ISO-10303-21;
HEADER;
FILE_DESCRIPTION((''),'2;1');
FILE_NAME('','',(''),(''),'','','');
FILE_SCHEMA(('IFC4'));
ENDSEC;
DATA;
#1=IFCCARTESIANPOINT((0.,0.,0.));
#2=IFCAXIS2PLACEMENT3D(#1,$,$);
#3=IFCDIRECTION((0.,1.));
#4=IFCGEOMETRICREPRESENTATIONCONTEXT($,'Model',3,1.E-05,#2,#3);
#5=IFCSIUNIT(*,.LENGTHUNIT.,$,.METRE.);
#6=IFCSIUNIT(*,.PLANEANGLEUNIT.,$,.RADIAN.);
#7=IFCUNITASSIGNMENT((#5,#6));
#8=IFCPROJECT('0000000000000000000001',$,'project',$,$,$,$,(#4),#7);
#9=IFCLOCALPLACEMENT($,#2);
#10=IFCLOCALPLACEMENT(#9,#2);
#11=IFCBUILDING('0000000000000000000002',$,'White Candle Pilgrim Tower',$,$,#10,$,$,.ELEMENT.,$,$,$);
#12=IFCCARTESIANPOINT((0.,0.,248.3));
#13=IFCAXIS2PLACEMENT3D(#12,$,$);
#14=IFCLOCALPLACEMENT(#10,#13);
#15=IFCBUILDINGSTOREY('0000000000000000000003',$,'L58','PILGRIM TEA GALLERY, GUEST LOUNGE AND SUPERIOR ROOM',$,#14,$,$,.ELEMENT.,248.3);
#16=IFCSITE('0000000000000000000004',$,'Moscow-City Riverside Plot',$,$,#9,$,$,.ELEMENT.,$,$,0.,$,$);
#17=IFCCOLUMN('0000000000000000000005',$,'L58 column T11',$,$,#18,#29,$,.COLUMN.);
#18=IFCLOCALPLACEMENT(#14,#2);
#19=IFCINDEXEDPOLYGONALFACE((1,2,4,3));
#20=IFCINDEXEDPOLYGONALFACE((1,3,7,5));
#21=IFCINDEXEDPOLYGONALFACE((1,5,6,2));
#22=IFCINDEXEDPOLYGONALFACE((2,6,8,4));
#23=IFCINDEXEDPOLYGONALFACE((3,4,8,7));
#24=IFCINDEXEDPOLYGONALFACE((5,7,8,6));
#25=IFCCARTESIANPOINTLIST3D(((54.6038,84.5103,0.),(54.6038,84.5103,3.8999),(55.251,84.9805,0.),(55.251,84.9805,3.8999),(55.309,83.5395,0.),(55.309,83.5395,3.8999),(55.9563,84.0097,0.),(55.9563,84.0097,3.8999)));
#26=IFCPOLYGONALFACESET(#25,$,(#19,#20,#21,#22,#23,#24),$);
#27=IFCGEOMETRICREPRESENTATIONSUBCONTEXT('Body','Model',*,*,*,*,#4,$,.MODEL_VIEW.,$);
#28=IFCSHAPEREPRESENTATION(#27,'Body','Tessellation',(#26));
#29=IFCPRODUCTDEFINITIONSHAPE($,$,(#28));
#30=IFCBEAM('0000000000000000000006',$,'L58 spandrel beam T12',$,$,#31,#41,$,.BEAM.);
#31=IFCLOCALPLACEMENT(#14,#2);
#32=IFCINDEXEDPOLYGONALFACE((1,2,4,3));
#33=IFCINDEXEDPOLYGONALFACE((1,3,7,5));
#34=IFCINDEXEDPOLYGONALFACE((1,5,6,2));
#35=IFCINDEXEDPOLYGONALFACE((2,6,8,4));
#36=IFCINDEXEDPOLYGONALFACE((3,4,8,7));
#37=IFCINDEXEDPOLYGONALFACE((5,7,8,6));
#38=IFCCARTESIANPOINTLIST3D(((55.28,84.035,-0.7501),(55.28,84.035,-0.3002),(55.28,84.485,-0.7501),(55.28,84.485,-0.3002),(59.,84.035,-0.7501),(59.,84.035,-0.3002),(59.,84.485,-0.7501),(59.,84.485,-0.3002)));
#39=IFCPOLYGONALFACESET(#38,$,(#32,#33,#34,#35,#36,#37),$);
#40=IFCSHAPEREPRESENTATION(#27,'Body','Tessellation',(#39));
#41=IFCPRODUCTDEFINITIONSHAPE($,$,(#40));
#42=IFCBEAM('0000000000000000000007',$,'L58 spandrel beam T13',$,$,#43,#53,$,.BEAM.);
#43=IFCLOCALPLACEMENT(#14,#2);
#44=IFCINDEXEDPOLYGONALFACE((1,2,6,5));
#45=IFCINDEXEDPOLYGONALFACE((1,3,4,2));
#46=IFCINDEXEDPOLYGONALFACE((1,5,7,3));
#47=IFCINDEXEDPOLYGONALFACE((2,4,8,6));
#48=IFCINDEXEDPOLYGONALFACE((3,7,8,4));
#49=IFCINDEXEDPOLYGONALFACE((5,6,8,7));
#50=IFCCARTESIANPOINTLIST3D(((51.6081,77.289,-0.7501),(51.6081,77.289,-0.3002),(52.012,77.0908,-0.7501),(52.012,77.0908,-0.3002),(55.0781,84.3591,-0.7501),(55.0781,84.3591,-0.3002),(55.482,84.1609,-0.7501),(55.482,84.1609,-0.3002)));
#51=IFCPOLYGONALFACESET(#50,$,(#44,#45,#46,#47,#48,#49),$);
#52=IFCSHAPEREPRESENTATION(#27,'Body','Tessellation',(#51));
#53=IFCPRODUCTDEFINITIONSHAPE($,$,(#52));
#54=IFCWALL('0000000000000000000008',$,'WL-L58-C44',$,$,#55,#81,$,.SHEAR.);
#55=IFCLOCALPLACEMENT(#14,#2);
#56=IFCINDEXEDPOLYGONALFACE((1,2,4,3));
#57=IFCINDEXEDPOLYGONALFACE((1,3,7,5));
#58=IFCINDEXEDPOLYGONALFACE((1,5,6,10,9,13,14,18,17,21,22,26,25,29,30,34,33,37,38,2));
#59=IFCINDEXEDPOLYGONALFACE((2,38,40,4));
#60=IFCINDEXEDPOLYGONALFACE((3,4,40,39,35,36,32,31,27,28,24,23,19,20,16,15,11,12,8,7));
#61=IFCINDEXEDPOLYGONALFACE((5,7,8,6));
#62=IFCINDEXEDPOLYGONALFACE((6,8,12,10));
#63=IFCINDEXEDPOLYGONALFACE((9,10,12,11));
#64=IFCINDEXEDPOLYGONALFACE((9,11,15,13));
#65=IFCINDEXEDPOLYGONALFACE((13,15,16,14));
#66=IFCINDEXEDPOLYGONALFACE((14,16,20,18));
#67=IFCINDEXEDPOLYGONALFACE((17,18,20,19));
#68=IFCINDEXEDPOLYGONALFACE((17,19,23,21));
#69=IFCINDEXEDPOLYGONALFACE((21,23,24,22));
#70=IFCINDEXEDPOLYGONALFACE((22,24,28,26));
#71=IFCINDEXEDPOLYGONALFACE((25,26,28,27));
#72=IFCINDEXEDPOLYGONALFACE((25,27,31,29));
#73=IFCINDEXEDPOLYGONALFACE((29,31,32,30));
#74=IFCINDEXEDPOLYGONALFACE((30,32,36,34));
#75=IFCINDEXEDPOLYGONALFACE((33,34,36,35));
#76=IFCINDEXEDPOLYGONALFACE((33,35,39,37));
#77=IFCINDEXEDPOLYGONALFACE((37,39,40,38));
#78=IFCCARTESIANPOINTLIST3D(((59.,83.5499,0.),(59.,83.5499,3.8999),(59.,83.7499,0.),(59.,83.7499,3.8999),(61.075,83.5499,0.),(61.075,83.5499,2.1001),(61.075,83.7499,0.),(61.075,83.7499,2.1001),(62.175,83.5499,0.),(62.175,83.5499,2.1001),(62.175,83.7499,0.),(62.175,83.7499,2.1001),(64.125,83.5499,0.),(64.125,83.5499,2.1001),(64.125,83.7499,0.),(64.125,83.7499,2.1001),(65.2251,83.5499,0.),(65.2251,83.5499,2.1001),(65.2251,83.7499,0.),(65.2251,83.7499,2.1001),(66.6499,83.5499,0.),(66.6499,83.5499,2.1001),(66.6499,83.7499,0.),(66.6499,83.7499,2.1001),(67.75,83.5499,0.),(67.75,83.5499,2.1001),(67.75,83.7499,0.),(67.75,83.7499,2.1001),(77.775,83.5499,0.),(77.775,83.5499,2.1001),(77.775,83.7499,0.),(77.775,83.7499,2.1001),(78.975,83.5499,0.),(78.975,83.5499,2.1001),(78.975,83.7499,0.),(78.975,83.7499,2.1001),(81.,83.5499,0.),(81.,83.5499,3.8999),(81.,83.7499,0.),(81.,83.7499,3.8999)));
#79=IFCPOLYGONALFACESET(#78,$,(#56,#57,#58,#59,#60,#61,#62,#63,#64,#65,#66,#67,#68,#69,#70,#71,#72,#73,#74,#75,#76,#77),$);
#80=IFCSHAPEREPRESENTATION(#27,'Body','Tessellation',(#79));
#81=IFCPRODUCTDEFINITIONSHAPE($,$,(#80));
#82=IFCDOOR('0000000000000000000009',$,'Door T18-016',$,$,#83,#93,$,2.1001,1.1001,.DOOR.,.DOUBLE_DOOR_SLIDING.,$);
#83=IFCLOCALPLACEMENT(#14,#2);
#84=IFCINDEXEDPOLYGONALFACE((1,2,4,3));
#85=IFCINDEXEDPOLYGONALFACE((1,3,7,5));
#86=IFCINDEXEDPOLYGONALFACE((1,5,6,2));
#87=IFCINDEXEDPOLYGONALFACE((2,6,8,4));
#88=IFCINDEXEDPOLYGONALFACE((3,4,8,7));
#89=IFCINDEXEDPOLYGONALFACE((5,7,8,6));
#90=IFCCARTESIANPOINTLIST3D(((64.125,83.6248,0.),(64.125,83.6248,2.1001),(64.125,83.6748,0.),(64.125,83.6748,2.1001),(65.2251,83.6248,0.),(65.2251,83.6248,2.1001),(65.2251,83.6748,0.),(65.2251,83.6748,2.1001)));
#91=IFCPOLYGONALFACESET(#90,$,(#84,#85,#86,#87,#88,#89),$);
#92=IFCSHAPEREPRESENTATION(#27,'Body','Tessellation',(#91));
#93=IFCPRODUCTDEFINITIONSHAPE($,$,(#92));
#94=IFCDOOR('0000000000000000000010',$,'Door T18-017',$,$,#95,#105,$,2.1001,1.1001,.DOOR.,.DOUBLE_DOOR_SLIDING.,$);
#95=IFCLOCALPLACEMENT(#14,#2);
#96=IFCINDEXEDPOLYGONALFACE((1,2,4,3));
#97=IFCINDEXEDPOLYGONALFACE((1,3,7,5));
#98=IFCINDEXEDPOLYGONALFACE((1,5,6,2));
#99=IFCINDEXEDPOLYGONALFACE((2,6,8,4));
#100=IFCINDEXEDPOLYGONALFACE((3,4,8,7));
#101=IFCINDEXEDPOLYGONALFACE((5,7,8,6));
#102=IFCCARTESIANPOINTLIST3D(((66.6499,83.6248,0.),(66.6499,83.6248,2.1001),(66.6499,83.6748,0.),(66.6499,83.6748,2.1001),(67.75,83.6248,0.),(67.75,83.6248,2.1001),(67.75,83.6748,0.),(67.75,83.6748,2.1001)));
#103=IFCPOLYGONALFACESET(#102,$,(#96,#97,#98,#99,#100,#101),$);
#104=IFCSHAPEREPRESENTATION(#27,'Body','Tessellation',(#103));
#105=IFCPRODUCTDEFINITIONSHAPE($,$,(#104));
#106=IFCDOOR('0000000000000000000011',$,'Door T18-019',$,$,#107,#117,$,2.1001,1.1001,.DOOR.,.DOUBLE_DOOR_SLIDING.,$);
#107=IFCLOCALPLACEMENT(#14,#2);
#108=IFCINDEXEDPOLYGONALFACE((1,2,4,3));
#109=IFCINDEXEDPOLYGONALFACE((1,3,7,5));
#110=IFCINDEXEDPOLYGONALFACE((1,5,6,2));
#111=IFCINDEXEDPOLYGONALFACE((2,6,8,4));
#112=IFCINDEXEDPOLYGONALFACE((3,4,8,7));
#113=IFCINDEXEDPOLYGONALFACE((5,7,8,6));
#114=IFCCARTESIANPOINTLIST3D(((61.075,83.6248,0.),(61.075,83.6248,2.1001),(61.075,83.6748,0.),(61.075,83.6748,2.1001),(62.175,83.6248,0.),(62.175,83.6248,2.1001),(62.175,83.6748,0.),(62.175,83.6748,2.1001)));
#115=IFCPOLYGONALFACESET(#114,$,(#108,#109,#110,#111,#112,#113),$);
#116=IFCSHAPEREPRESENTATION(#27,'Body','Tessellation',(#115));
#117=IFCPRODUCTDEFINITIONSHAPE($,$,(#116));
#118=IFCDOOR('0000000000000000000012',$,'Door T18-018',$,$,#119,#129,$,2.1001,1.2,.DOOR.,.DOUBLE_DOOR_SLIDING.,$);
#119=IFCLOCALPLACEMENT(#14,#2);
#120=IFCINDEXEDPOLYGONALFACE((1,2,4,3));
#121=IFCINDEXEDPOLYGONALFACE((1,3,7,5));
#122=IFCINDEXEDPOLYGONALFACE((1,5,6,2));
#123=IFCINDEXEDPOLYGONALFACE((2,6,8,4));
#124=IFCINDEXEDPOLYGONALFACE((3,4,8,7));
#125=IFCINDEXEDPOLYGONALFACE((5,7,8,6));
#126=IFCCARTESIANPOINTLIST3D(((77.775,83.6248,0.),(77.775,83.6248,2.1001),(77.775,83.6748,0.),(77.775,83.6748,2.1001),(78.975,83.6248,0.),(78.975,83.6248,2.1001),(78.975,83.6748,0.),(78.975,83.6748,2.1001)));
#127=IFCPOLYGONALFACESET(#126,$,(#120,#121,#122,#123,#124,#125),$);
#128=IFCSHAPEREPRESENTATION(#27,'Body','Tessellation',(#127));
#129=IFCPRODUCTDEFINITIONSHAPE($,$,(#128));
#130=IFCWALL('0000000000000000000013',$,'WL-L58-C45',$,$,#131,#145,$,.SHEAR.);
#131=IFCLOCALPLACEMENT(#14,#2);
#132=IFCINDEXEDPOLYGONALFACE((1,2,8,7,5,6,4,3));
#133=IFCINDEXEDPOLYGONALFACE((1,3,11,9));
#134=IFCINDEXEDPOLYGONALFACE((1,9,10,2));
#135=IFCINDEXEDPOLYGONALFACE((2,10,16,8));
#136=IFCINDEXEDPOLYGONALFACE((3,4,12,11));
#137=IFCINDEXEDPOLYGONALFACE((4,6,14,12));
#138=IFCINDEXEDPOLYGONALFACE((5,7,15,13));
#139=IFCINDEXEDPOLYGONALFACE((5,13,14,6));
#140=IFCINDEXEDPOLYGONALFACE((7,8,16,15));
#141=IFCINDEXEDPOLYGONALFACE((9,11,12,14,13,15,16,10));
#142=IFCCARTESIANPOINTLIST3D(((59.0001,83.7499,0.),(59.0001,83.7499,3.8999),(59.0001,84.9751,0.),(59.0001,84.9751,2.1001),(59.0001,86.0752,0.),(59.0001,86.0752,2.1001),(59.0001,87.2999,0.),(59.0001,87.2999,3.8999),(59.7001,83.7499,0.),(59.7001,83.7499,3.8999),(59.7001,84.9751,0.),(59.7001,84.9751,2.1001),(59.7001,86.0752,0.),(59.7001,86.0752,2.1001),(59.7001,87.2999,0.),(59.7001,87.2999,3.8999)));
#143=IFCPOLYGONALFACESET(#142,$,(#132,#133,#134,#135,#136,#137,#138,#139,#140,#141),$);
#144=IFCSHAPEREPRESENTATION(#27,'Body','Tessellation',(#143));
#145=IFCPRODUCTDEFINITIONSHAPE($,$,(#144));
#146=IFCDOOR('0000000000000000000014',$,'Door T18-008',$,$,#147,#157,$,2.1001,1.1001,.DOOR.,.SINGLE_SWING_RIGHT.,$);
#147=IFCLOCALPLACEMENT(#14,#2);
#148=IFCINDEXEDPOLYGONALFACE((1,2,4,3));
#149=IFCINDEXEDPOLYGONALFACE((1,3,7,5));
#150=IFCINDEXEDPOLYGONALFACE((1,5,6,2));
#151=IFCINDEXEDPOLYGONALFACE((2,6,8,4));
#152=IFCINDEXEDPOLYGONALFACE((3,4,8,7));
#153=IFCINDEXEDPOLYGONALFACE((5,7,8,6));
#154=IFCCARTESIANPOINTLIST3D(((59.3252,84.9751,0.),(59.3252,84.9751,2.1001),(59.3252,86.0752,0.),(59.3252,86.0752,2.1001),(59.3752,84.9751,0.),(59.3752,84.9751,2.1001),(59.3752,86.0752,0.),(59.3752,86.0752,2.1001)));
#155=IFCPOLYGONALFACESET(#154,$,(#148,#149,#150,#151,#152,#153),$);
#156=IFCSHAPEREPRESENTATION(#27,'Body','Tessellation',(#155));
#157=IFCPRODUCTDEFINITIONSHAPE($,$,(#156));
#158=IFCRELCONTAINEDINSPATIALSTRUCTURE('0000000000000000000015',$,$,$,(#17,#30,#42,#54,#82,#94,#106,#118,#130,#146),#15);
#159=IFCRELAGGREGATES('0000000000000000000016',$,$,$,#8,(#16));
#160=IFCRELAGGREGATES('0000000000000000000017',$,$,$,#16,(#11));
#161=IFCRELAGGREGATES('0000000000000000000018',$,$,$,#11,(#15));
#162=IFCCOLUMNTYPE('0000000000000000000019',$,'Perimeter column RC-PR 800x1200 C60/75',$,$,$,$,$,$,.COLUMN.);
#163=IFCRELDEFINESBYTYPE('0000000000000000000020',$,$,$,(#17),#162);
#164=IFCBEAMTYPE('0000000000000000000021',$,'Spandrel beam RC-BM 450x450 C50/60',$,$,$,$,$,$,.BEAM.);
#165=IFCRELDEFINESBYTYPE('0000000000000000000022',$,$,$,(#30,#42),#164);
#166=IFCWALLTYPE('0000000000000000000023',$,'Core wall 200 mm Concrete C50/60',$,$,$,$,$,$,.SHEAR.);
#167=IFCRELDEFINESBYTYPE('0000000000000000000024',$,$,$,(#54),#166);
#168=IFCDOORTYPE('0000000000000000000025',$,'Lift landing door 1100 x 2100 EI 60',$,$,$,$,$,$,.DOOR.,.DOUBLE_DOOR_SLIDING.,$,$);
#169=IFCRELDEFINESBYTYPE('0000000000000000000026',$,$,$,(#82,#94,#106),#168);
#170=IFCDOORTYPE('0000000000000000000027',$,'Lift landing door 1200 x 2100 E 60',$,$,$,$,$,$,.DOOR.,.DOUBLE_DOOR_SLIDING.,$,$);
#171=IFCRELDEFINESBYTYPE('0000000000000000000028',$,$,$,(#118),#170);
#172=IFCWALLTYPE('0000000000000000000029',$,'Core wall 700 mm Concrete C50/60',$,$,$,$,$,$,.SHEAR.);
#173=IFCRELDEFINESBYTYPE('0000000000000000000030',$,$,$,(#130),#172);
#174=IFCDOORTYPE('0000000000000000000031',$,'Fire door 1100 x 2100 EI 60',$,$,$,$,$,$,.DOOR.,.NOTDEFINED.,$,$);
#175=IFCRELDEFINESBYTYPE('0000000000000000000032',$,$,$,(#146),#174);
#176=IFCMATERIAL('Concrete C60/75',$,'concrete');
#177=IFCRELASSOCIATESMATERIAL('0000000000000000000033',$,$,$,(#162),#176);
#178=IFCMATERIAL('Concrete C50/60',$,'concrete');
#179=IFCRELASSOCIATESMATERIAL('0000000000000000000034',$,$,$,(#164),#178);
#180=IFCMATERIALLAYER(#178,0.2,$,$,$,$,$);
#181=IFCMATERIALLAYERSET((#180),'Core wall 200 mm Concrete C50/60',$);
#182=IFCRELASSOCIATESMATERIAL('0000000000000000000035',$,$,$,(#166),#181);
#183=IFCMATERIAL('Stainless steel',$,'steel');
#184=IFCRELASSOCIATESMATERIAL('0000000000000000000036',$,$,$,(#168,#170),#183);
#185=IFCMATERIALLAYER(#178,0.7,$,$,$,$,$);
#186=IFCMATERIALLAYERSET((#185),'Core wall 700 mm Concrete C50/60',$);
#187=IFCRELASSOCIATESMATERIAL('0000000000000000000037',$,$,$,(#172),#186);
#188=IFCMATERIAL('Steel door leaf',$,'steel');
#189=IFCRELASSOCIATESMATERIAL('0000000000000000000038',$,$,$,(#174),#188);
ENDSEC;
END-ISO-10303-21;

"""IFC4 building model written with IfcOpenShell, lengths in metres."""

from ifc_helpers import new_model, si_unit, direction, frame, frame_2d, origin, origin_2d, place, context, subcontext, project, spatial, rectangle, extrude, material, layer, layer_set, material_profile, profile_set, type_object, element, fill, save


model = new_model("IFC4")

# Units and contexts
model_context = context("Model", 3, precision=1e-05, world=origin(), true_north=direction((0.0, 1.0)))
body_context = subcontext(model_context, "Body", "Model", "MODEL_VIEW")
ifc_project = project(units=[si_unit("LENGTHUNIT", "METRE"), si_unit("PLANEANGLEUNIT", "RADIAN")], contexts=[model_context])

# Site, building, storey
site_placement = place(None, origin())
site = spatial("IfcSite", under=ifc_project, at=site_placement, Name="Moscow-City Riverside Plot", CompositionType="ELEMENT", RefElevation=0.0)
building_placement = place(site_placement, origin())
building = spatial("IfcBuilding", under=site, at=building_placement, Name="White Candle Pilgrim Tower", CompositionType="ELEMENT")
storey_placement = place(building_placement, frame((0.0, 0.0, 248.3)))
storey = spatial("IfcBuildingStorey", under=building, at=storey_placement, Name="L58", Description="PILGRIM TEA GALLERY, GUEST LOUNGE AND SUPERIOR ROOM", CompositionType="ELEMENT", Elevation=248.3)

# Column
ifc_material_1 = material(Name="Concrete C60/75", Category="concrete")
ifc_material_profile_1 = material_profile(ifc_material_1, rectangle(XDim=0.8, YDim=1.2, at=origin_2d()), Name="RC-PR 800x1200")
ifc_profile_set_1 = profile_set([ifc_material_profile_1], Name="Concrete C60/75")
column_type = type_object("IfcColumnType", Name="Perimeter column RC-PR 800x1200 C60/75", PredefinedType="COLUMN", material=ifc_profile_set_1)
column_placement = place(storey_placement, frame((55.28, 84.26, 0.0), z_axis=(0.0, 0.0, 1.0), x_axis=(0.809027, 0.587771, 0.0)))
element("IfcColumn", 1, at=column_placement, inside=storey, type_object=column_type, Name="L58 column T11", PredefinedType="COLUMN", context=body_context, shape_type="SweptSolid", body=[
    extrude(rectangle(XDim=0.8, YDim=1.2, at=origin_2d()), origin(), (0.0, 0.0, 1.0), 3.8999),
])

# Beams
ifc_material_2 = material(Name="Concrete C50/60", Category="concrete")
ifc_material_profile_2 = material_profile(ifc_material_2, rectangle(XDim=0.45, YDim=0.45, at=origin_2d()), Name="RC-BM 450x450")
ifc_profile_set_2 = profile_set([ifc_material_profile_2], Name="Concrete C50/60")
beam_type = type_object("IfcBeamType", Name="Spandrel beam RC-BM 450x450 C50/60", PredefinedType="BEAM", material=ifc_profile_set_2)
beam_1_placement = place(storey_placement, frame((55.28, 84.26, -0.5251), z_axis=(1.0, 0.0, 0.0), x_axis=(0.0, 1.0, 0.0)))
element("IfcBeam", 2, at=beam_1_placement, inside=storey, type_object=beam_type, Name="L58 spandrel beam T12", PredefinedType="BEAM", context=body_context, shape_type="SweptSolid", body=[
    extrude(rectangle(XDim=0.45, YDim=0.45, at=origin_2d()), origin(), (0.0, 0.0, 1.0), 3.72),
])
beam_2_placement = place(storey_placement, frame((55.28, 84.26, -0.5251), z_axis=(-0.440592, -0.897707, 0.0), x_axis=(0.897707, -0.440592, 0.0)))
element("IfcBeam", 3, at=beam_2_placement, inside=storey, type_object=beam_type, Name="L58 spandrel beam T13", PredefinedType="BEAM", context=body_context, shape_type="SweptSolid", body=[
    extrude(rectangle(XDim=0.45, YDim=0.45, at=origin_2d()), origin(), (0.0, 0.0, 1.0), 7.8757),
])

# Wall, openings, doors
ifc_layer_1 = layer(ifc_material_2, 0.2)
ifc_layer_set_1 = layer_set([ifc_layer_1], Name="Core wall 200 mm Concrete C50/60")
wall_type_1 = type_object("IfcWallType", Name="Core wall 200 mm Concrete C50/60", PredefinedType="SHEAR", material=ifc_layer_set_1)
wall_1_placement = place(storey_placement, frame((59.0, 83.6499, 0.0), z_axis=(0.0, 0.0, 1.0), x_axis=(1.0, 0.0, 0.0)))
wall_1 = element("IfcWall", 4, at=wall_1_placement, inside=storey, type_object=wall_type_1, Name="WL-L58-C44", PredefinedType="SHEAR", context=body_context, shape_type="SweptSolid", body=[
    extrude(rectangle(XDim=22.0, YDim=0.2, at=frame_2d((11.0, 0.0))), origin(), (0.0, 0.0, 1.0), 3.8999),
])
opening_1_placement = place(wall_1_placement, frame((5.125, 0.0, 0.0)))
opening_1 = element("IfcOpeningElement", 5, at=opening_1_placement, cuts=wall_1, PredefinedType="OPENING", context=body_context, shape_type="SweptSolid", body=[
    extrude(rectangle(XDim=1.1001, YDim=2.1001, at=frame_2d((0.55, 1.05))), frame((0.0, 0.1099, 0.0), z_axis=(0.0, -1.0, 0.0), x_axis=(1.0, 0.0, 0.0)), (0.0, 0.0, 1.0), 0.22),
])
opening_2_placement = place(wall_1_placement, frame((7.6499, 0.0, 0.0)))
opening_2 = element("IfcOpeningElement", 6, at=opening_2_placement, cuts=wall_1, PredefinedType="OPENING", context=body_context, shape_type="SweptSolid", body=[
    extrude(rectangle(XDim=1.1001, YDim=2.1001, at=frame_2d((0.55, 1.05))), frame((0.0, 0.1099, 0.0), z_axis=(0.0, -1.0, 0.0), x_axis=(1.0, 0.0, 0.0)), (0.0, 0.0, 1.0), 0.22),
])
opening_3_placement = place(wall_1_placement, frame((18.7749, 0.0, 0.0)))
opening_3 = element("IfcOpeningElement", 7, at=opening_3_placement, cuts=wall_1, PredefinedType="OPENING", context=body_context, shape_type="SweptSolid", body=[
    extrude(rectangle(XDim=1.2, YDim=2.1001, at=frame_2d((0.6001, 1.05))), frame((0.0, 0.1099, 0.0), z_axis=(0.0, -1.0, 0.0), x_axis=(1.0, 0.0, 0.0)), (0.0, 0.0, 1.0), 0.22),
])
opening_4_placement = place(wall_1_placement, frame((2.075, 0.0, 0.0)))
opening_4 = element("IfcOpeningElement", 8, at=opening_4_placement, cuts=wall_1, PredefinedType="OPENING", context=body_context, shape_type="SweptSolid", body=[
    extrude(rectangle(XDim=1.1001, YDim=2.1001, at=frame_2d((0.55, 1.05))), frame((0.0, 0.1099, 0.0), z_axis=(0.0, -1.0, 0.0), x_axis=(1.0, 0.0, 0.0)), (0.0, 0.0, 1.0), 0.22),
])
ifc_material_3 = material(Name="Stainless steel", Category="steel")
door_type_1 = type_object("IfcDoorType", Name="Lift landing door 1100 x 2100 EI 60", OperationType="DOUBLE_DOOR_SLIDING", PredefinedType="DOOR", material=ifc_material_3)
door_1_placement = place(opening_1_placement, origin())
door_1 = element("IfcDoor", 9, at=door_1_placement, inside=storey, type_object=door_type_1, Name="Door T18-016", OperationType="DOUBLE_DOOR_SLIDING", OverallHeight=2.1001, OverallWidth=1.1001, PredefinedType="DOOR", context=body_context, shape_type="SweptSolid", body=[
    extrude(rectangle(XDim=1.1001, YDim=2.1001, at=frame_2d((0.55, 1.05))), frame((0.0, 0.0249, 0.0), z_axis=(0.0, -1.0, 0.0), x_axis=(1.0, 0.0, 0.0)), (0.0, 0.0, 1.0), 0.05),
])
fill(opening_1, door_1)
door_2_placement = place(opening_2_placement, origin())
door_2 = element("IfcDoor", 10, at=door_2_placement, inside=storey, type_object=door_type_1, Name="Door T18-017", OperationType="DOUBLE_DOOR_SLIDING", OverallHeight=2.1001, OverallWidth=1.1001, PredefinedType="DOOR", context=body_context, shape_type="SweptSolid", body=[
    extrude(rectangle(XDim=1.1001, YDim=2.1001, at=frame_2d((0.55, 1.05))), frame((0.0, 0.0249, 0.0), z_axis=(0.0, -1.0, 0.0), x_axis=(1.0, 0.0, 0.0)), (0.0, 0.0, 1.0), 0.05),
])
fill(opening_2, door_2)
door_3_placement = place(opening_4_placement, origin())
door_3 = element("IfcDoor", 11, at=door_3_placement, inside=storey, type_object=door_type_1, Name="Door T18-019", OperationType="DOUBLE_DOOR_SLIDING", OverallHeight=2.1001, OverallWidth=1.1001, PredefinedType="DOOR", context=body_context, shape_type="SweptSolid", body=[
    extrude(rectangle(XDim=1.1001, YDim=2.1001, at=frame_2d((0.55, 1.05))), frame((0.0, 0.0249, 0.0), z_axis=(0.0, -1.0, 0.0), x_axis=(1.0, 0.0, 0.0)), (0.0, 0.0, 1.0), 0.05),
])
fill(opening_4, door_3)
door_type_2 = type_object("IfcDoorType", Name="Lift landing door 1200 x 2100 E 60", OperationType="DOUBLE_DOOR_SLIDING", PredefinedType="DOOR", material=ifc_material_3)
door_4_placement = place(opening_3_placement, origin())
door_4 = element("IfcDoor", 12, at=door_4_placement, inside=storey, type_object=door_type_2, Name="Door T18-018", OperationType="DOUBLE_DOOR_SLIDING", OverallHeight=2.1001, OverallWidth=1.2, PredefinedType="DOOR", context=body_context, shape_type="SweptSolid", body=[
    extrude(rectangle(XDim=1.2, YDim=2.1001, at=frame_2d((0.6001, 1.05))), frame((0.0, 0.0249, 0.0), z_axis=(0.0, -1.0, 0.0), x_axis=(1.0, 0.0, 0.0)), (0.0, 0.0, 1.0), 0.05),
])
fill(opening_3, door_4)

# Wall, opening, door
ifc_layer_2 = layer(ifc_material_2, 0.7)
ifc_layer_set_2 = layer_set([ifc_layer_2], Name="Core wall 700 mm Concrete C50/60")
wall_type_2 = type_object("IfcWallType", Name="Core wall 700 mm Concrete C50/60", PredefinedType="SHEAR", material=ifc_layer_set_2)
wall_2_placement = place(storey_placement, frame((59.3501, 83.75, 0.0), z_axis=(0.0, 0.0, 1.0), x_axis=(0.0, 1.0, 0.0)))
wall_2 = element("IfcWall", 13, at=wall_2_placement, inside=storey, type_object=wall_type_2, Name="WL-L58-C45", PredefinedType="SHEAR", context=body_context, shape_type="SweptSolid", body=[
    extrude(rectangle(XDim=3.55, YDim=0.7, at=frame_2d((1.7749, 0.0))), origin(), (0.0, 0.0, 1.0), 3.8999),
])
opening_5_placement = place(wall_2_placement, frame((1.2251, 0.0, 0.0)))
opening_5 = element("IfcOpeningElement", 14, at=opening_5_placement, cuts=wall_2, PredefinedType="OPENING", context=body_context, shape_type="SweptSolid", body=[
    extrude(rectangle(XDim=1.1001, YDim=2.1001, at=frame_2d((0.55, 1.05))), frame((0.0, 0.3599, 0.0), z_axis=(0.0, -1.0, 0.0), x_axis=(1.0, 0.0, 0.0)), (0.0, 0.0, 1.0), 0.72),
])
ifc_material_4 = material(Name="Steel door leaf", Category="steel")
door_type_3 = type_object("IfcDoorType", Name="Fire door 1100 x 2100 EI 60", OperationType="NOTDEFINED", PredefinedType="DOOR", material=ifc_material_4)
door_5_placement = place(opening_5_placement, origin())
door_5 = element("IfcDoor", 15, at=door_5_placement, inside=storey, type_object=door_type_3, Name="Door T18-008", OperationType="SINGLE_SWING_RIGHT", OverallHeight=2.1001, OverallWidth=1.1001, PredefinedType="DOOR", context=body_context, shape_type="SweptSolid", body=[
    extrude(rectangle(XDim=1.1001, YDim=2.1001, at=frame_2d((0.55, 1.05))), frame((0.0, 0.0249, 0.0), z_axis=(0.0, -1.0, 0.0), x_axis=(1.0, 0.0, 0.0)), (0.0, 0.0, 1.0), 0.05),
])
fill(opening_5, door_5)

save(model, "model.ifc")
